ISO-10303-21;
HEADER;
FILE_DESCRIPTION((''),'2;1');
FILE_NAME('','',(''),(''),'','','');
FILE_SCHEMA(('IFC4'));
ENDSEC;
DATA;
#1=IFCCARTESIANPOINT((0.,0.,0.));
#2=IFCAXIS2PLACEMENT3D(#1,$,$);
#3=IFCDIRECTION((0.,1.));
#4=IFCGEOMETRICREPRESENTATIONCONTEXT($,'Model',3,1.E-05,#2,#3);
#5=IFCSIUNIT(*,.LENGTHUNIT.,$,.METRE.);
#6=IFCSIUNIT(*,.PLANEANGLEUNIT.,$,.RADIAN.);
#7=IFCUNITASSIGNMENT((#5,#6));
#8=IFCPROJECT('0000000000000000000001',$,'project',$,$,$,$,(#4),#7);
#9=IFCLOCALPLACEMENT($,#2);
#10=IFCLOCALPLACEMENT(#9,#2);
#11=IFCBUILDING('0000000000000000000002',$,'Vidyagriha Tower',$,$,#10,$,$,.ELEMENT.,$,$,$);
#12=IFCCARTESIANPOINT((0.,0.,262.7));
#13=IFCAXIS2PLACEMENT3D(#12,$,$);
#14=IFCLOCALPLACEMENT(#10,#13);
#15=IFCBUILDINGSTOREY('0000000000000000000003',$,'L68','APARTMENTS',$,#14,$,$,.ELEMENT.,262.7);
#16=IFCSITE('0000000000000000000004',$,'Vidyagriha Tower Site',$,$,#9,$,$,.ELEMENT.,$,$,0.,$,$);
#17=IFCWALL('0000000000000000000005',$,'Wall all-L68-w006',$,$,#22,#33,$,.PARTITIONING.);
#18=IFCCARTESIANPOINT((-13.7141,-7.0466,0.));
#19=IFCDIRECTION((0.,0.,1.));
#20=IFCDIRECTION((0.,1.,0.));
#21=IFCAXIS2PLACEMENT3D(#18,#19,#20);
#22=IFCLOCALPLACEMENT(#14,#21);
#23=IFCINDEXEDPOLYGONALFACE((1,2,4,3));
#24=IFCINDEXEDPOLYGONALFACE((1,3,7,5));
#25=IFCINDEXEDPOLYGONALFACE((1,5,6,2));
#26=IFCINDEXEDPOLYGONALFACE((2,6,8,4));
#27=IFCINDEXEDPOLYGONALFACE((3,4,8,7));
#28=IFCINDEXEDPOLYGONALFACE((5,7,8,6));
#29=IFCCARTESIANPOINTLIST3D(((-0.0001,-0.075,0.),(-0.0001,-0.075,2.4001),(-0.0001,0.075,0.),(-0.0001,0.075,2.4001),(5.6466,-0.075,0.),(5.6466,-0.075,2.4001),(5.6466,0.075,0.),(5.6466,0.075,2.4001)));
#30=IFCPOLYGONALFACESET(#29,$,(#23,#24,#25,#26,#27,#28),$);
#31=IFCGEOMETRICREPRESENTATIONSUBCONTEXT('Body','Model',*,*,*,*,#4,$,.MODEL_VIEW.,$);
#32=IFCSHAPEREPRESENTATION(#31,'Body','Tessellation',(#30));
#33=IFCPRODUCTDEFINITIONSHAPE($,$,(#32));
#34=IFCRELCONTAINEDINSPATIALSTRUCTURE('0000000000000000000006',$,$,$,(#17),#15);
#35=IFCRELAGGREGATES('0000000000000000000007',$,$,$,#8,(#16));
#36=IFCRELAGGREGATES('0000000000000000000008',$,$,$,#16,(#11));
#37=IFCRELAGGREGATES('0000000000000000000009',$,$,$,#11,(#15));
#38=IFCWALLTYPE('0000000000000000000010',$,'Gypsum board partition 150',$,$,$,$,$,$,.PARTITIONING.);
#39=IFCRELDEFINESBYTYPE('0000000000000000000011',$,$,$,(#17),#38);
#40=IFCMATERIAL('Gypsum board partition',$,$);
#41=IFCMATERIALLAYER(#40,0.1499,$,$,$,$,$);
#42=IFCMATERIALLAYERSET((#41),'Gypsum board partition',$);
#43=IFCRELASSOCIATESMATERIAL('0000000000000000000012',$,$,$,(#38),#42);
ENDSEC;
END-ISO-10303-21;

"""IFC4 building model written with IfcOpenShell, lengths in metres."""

from ifc_helpers import new_model, si_unit, direction, frame, frame_2d, origin, place, context, subcontext, project, spatial, rectangle, extrude, material, layer, layer_set, type_object, element, save


model = new_model("IFC4")

# Units and contexts
model_context = context("Model", 3, precision=1e-05, world=origin(), true_north=direction((0.0, 1.0)))
body_context = subcontext(model_context, "Body", "Model", "MODEL_VIEW")
ifc_project = project(units=[si_unit("LENGTHUNIT", "METRE"), si_unit("PLANEANGLEUNIT", "RADIAN")], contexts=[model_context])

# Site, building, storey
site_placement = place(None, origin())
site = spatial("IfcSite", under=ifc_project, at=site_placement, Name="Vidyagriha Tower Site", CompositionType="ELEMENT", RefElevation=0.0)
building_placement = place(site_placement, origin())
building = spatial("IfcBuilding", under=site, at=building_placement, Name="Vidyagriha Tower", CompositionType="ELEMENT")
storey_placement = place(building_placement, frame((0.0, 0.0, 262.7)))
storey = spatial("IfcBuildingStorey", under=building, at=storey_placement, Name="L68", Description="APARTMENTS", CompositionType="ELEMENT", Elevation=262.7)

# Wall
ifc_material_1 = material(Name="Gypsum board partition")
ifc_layer_1 = layer(ifc_material_1, 0.1499)
ifc_layer_set_1 = layer_set([ifc_layer_1], Name="Gypsum board partition")
wall_type_1 = type_object("IfcWallType", Name="Gypsum board partition 150", PredefinedType="PARTITIONING", material=ifc_layer_set_1)
wall_1_placement = place(storey_placement, frame((-13.7141, -7.0466, 0.0), z_axis=(0.0, 0.0, 1.0), x_axis=(0.0, 1.0, 0.0)))
element("IfcWall", 1, at=wall_1_placement, inside=storey, type_object=wall_type_1, Name="Wall all-L68-w006", PredefinedType="PARTITIONING", context=body_context, shape_type="SweptSolid", body=[
    extrude(rectangle(XDim=5.6467, YDim=0.1499, at=frame_2d((2.8232, 0.0))), origin(), (0.0, 0.0, 1.0), 2.4001),
])

save(model, "model.ifc")
